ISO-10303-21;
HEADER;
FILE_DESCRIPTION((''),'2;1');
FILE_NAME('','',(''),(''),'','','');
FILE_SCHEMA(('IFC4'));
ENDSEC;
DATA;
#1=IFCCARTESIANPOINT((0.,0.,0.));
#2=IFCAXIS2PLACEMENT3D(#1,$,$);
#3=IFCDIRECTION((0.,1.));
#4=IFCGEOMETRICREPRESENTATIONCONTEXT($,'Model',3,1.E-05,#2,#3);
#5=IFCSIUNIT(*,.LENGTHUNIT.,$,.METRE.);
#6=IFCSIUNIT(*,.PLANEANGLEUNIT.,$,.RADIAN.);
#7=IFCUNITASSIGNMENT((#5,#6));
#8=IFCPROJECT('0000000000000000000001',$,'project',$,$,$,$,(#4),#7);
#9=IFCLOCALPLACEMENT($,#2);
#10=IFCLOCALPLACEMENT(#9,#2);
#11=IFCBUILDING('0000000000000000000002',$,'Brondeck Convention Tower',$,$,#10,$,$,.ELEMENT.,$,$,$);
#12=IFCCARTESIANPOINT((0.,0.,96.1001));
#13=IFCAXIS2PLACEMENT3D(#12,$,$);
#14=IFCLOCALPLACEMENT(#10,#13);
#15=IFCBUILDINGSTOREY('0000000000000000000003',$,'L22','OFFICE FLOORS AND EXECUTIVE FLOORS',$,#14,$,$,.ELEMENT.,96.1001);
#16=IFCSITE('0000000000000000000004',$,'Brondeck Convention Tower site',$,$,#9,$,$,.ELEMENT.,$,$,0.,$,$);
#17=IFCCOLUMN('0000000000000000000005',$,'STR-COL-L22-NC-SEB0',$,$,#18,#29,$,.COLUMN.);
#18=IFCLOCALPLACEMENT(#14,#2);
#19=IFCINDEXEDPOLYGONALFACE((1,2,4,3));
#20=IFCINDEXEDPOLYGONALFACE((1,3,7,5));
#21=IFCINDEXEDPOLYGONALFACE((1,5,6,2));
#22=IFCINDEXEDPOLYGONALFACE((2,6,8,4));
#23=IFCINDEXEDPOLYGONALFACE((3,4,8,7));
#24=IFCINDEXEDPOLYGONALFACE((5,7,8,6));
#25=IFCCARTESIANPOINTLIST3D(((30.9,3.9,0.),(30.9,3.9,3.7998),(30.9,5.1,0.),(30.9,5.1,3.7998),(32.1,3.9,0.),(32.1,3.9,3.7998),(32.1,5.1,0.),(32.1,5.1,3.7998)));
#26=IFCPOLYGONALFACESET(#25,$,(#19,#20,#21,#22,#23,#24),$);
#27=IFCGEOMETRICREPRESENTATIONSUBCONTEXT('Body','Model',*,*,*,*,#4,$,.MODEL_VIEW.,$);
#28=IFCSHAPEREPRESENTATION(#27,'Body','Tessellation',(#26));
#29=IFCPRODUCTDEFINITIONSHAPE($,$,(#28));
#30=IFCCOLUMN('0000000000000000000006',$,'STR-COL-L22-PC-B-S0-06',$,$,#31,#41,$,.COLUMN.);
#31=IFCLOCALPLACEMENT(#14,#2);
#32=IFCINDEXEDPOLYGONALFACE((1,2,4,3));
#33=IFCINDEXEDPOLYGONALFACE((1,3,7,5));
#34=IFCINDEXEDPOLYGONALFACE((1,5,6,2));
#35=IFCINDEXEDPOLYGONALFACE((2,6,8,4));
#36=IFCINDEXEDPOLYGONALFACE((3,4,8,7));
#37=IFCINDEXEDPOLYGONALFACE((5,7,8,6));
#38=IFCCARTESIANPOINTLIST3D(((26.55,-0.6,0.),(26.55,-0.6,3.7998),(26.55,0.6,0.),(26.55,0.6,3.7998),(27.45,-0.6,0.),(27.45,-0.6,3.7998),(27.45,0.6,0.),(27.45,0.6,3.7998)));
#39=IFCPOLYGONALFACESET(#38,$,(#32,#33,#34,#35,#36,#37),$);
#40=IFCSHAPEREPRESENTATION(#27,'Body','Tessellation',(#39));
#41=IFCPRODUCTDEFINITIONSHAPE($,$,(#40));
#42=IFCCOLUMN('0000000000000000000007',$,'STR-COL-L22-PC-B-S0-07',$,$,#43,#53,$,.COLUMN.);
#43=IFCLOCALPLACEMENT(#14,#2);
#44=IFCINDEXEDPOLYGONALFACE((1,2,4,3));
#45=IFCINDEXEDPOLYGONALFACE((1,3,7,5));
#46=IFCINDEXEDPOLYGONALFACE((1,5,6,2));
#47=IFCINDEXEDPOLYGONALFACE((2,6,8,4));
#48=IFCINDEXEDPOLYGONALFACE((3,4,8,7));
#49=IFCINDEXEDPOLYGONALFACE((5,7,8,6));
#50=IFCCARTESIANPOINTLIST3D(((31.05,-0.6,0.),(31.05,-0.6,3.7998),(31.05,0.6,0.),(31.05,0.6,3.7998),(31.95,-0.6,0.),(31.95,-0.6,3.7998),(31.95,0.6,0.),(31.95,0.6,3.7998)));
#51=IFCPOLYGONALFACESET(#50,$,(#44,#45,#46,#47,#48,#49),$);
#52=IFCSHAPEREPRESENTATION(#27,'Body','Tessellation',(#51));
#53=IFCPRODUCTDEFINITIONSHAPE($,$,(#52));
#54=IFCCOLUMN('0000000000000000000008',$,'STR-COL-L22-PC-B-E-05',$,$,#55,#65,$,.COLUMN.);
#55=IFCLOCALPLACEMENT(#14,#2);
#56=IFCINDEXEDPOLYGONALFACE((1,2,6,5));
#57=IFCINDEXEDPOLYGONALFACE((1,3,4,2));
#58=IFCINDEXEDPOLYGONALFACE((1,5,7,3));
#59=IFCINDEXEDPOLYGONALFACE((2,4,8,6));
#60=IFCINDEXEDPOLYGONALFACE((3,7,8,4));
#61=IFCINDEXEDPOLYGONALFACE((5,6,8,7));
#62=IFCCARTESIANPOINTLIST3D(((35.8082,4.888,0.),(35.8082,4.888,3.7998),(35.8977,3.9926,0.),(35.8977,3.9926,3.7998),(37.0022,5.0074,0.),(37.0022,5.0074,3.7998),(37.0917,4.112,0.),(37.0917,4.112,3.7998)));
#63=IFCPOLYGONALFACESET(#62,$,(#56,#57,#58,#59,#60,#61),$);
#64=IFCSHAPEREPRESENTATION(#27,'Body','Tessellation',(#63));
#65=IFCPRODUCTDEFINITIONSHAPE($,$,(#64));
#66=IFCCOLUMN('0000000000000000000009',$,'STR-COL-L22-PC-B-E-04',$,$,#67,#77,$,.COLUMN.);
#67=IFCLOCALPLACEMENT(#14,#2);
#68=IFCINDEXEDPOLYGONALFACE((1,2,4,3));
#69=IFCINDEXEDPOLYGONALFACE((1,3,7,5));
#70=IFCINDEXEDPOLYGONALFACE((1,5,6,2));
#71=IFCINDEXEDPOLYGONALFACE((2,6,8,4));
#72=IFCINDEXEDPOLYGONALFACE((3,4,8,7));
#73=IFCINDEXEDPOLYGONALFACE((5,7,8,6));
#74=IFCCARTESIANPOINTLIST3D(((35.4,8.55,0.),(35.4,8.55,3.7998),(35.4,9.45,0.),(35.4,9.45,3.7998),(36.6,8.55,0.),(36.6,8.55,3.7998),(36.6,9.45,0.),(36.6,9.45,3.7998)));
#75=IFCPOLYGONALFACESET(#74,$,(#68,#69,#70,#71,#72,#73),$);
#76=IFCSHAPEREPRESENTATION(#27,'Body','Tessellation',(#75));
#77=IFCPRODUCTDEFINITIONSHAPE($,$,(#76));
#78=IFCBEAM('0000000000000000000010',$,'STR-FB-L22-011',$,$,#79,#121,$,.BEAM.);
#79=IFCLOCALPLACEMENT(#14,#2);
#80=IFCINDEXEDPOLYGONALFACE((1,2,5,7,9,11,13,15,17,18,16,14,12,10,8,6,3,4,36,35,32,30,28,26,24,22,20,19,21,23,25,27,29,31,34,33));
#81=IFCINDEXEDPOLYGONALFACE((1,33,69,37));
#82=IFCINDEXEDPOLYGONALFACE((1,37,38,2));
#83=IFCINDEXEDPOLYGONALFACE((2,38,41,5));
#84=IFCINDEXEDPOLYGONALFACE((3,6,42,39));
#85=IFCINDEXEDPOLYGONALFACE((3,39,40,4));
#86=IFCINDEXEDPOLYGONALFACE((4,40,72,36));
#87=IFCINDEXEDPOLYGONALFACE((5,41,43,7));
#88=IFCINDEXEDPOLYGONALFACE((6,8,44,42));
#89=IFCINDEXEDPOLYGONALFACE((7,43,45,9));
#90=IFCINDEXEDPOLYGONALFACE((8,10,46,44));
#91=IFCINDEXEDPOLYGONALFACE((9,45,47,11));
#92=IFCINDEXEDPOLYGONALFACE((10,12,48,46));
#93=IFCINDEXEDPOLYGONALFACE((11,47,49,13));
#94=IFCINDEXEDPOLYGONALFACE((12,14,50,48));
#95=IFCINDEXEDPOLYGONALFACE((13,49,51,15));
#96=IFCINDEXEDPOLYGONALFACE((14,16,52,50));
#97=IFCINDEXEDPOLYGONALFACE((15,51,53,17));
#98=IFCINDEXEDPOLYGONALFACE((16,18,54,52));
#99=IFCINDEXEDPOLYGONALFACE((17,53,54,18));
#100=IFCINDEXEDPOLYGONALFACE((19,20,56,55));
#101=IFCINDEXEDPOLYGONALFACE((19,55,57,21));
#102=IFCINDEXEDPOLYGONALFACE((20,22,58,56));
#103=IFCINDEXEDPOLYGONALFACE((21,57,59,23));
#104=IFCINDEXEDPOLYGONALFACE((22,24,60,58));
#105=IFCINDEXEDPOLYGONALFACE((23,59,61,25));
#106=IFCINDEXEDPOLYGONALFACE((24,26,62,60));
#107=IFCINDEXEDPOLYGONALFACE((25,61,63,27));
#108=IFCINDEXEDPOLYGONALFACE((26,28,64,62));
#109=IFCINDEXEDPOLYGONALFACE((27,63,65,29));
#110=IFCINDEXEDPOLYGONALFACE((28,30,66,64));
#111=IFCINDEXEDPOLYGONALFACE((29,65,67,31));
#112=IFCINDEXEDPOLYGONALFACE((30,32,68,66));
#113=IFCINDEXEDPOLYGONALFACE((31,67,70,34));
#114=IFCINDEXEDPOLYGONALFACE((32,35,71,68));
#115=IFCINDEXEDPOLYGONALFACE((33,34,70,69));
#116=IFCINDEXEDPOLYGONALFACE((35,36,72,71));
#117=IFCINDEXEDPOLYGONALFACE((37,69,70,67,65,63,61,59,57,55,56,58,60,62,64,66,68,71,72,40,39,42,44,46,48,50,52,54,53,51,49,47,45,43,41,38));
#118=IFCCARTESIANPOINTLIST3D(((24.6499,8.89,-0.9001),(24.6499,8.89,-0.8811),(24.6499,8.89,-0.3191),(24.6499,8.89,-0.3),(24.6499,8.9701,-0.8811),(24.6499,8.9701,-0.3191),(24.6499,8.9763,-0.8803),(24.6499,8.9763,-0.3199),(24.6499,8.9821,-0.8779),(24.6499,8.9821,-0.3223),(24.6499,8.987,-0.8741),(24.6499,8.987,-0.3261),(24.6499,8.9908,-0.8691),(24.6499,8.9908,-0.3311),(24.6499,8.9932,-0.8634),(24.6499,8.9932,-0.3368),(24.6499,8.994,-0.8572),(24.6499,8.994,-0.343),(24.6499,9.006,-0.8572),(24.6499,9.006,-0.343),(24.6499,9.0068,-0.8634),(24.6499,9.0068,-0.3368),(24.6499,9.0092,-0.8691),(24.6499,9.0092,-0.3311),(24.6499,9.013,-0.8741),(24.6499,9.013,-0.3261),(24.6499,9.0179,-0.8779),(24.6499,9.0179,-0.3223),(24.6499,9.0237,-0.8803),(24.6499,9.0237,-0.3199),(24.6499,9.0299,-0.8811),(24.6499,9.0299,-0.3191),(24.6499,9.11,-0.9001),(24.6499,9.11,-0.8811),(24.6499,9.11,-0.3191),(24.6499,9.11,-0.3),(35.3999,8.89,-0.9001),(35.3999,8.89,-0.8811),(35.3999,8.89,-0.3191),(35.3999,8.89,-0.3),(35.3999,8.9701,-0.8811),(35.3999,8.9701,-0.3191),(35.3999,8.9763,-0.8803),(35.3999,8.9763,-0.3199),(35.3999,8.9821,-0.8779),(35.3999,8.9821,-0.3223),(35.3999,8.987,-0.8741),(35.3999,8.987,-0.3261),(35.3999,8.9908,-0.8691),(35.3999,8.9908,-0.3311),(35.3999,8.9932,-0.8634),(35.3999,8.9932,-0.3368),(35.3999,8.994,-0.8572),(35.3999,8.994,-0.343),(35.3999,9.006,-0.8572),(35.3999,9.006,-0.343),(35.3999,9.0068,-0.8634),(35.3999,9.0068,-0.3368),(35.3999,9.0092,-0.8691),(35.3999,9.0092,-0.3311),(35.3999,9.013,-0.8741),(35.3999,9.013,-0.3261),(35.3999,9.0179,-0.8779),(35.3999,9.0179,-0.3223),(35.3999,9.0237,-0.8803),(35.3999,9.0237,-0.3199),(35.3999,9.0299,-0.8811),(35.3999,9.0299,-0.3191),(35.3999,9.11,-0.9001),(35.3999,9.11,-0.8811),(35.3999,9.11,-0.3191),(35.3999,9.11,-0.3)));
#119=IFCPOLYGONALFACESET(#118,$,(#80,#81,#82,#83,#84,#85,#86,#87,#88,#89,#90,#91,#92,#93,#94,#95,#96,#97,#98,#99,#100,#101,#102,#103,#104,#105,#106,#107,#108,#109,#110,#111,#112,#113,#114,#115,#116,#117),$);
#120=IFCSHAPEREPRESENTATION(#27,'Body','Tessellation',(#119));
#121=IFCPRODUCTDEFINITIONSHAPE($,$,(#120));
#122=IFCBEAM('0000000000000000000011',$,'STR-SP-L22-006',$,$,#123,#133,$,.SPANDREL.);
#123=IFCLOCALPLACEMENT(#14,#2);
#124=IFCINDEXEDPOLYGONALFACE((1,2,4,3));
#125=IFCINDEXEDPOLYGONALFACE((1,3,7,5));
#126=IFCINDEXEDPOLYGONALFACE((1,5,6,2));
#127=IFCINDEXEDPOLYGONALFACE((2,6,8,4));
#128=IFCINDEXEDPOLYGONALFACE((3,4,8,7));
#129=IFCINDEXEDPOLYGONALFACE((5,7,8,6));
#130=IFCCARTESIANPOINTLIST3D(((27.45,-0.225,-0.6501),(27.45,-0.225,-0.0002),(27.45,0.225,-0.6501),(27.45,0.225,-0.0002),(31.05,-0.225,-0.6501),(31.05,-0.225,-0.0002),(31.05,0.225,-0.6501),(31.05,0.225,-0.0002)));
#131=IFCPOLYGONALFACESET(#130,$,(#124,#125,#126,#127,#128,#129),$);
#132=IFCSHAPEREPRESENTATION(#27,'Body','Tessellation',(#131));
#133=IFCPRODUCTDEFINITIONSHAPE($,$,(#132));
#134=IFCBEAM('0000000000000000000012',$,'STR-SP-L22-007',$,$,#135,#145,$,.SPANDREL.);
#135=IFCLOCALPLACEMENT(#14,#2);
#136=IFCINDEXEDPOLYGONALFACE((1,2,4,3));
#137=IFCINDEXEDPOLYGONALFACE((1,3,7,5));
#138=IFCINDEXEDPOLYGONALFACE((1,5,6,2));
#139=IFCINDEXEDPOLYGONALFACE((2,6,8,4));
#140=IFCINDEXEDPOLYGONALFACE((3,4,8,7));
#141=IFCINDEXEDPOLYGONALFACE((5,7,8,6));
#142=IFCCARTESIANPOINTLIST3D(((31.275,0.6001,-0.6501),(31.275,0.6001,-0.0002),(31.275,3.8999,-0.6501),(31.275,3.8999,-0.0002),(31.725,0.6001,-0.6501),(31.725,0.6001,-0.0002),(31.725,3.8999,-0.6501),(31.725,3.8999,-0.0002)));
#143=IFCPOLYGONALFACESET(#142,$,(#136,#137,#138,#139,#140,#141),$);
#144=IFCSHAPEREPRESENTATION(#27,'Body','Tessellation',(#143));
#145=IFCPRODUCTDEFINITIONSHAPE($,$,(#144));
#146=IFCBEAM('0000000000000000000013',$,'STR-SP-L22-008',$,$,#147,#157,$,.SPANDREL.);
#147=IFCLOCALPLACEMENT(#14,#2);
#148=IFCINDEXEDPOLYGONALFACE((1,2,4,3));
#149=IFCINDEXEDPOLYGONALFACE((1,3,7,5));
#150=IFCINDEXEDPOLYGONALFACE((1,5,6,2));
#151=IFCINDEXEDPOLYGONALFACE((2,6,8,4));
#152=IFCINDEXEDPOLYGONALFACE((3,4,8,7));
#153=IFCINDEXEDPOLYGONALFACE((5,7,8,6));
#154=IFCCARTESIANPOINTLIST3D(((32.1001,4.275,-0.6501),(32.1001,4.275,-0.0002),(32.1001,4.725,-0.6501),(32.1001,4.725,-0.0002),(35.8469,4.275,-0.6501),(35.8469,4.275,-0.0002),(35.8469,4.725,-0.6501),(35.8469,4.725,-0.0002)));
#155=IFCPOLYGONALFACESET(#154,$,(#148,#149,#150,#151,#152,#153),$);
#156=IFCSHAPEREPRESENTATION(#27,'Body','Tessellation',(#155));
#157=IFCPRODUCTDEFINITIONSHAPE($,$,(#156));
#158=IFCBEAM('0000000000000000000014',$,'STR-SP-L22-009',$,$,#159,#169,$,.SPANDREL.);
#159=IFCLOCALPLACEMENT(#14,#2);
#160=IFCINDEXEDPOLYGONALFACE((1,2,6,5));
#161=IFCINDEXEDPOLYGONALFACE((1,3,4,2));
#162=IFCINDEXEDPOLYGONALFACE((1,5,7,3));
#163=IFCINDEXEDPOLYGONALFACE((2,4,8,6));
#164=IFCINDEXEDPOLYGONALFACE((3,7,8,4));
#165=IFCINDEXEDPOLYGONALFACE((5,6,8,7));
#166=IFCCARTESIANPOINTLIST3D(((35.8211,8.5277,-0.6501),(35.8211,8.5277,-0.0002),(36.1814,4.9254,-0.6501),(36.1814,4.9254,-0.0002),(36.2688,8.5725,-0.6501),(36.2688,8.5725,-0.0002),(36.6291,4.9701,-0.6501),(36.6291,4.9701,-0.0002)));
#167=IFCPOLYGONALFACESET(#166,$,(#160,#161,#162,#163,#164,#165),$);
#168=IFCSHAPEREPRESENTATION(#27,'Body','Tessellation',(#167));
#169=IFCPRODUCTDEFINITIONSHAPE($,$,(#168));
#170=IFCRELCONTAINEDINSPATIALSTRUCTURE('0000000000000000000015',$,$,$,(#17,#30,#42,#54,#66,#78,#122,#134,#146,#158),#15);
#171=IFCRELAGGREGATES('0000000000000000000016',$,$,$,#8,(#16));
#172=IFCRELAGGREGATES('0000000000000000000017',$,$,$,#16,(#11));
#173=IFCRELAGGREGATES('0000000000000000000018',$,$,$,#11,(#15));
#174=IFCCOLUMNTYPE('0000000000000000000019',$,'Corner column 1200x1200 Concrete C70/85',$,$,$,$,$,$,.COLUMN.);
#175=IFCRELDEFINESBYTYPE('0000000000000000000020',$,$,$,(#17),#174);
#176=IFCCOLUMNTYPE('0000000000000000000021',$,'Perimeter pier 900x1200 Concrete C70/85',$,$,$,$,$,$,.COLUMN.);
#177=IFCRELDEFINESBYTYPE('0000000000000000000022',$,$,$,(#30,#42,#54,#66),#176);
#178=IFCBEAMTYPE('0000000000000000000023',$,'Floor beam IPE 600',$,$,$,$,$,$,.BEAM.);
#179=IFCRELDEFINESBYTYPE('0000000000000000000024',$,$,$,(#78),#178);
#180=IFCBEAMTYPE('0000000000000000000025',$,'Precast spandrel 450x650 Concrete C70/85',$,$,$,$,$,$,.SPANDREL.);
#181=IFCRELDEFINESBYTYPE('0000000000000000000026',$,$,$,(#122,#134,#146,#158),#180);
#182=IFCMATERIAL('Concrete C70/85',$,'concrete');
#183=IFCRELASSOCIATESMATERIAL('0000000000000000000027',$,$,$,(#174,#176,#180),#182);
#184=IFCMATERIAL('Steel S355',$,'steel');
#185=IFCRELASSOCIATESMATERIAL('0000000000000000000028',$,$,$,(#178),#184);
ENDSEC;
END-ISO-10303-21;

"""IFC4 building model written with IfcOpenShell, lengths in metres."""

from ifc_helpers import new_model, si_unit, direction, frame, origin, origin_2d, place, context, subcontext, project, spatial, rectangle, i_section, extrude, material, material_profile, profile_set, type_object, element, save


model = new_model("IFC4")

# Units and contexts
model_context = context("Model", 3, precision=1e-05, world=origin(), true_north=direction((0.0, 1.0)))
body_context = subcontext(model_context, "Body", "Model", "MODEL_VIEW")
ifc_project = project(units=[si_unit("LENGTHUNIT", "METRE"), si_unit("PLANEANGLEUNIT", "RADIAN")], contexts=[model_context])

# Site, building, storey
site_placement = place(None, origin())
site = spatial("IfcSite", under=ifc_project, at=site_placement, Name="Brondeck Convention Tower site", CompositionType="ELEMENT", RefElevation=0.0)
building_placement = place(site_placement, origin())
building = spatial("IfcBuilding", under=site, at=building_placement, Name="Brondeck Convention Tower", CompositionType="ELEMENT")
storey_placement = place(building_placement, frame((0.0, 0.0, 96.1001)))
storey = spatial("IfcBuildingStorey", under=building, at=storey_placement, Name="L22", Description="OFFICE FLOORS AND EXECUTIVE FLOORS", CompositionType="ELEMENT", Elevation=96.1001)

# Columns
ifc_material_1 = material(Name="Concrete C70/85", Category="concrete")
ifc_material_profile_1 = material_profile(ifc_material_1, rectangle(XDim=1.2, YDim=1.2, at=origin_2d()), Name="Corner column 1200x1200 Concrete C70/85")
ifc_profile_set_1 = profile_set([ifc_material_profile_1], Name="Concrete C70/85")
column_type_1 = type_object("IfcColumnType", Name="Corner column 1200x1200 Concrete C70/85", PredefinedType="COLUMN", material=ifc_profile_set_1)
column_placement = place(storey_placement, frame((31.5, 4.5, 0.0), z_axis=(0.0, 0.0, 1.0), x_axis=(1.0, 0.0, 0.0)))
element("IfcColumn", 1, at=column_placement, inside=storey, type_object=column_type_1, Name="STR-COL-L22-NC-SEB0", PredefinedType="COLUMN", context=body_context, shape_type="SweptSolid", body=[
    extrude(rectangle(XDim=1.2, YDim=1.2, at=origin_2d()), origin(), (0.0, 0.0, 1.0), 3.7998),
])
ifc_material_profile_2 = material_profile(ifc_material_1, rectangle(XDim=0.8999, YDim=1.2, at=origin_2d()), Name="Perimeter pier 900x1200 Concrete C70/85")
ifc_profile_set_2 = profile_set([ifc_material_profile_2], Name="Concrete C70/85")
column_type_2 = type_object("IfcColumnType", Name="Perimeter pier 900x1200 Concrete C70/85", PredefinedType="COLUMN", material=ifc_profile_set_2)
for number, where, z_axis, x_axis, name in (
    (2, (27.0, 0.0, 0.0), (0.0, 0.0, 1.0), (1.0, 0.0, 0.0), "STR-COL-L22-PC-B-S0-06"),
    (3, (31.5, 0.0, 0.0), (0.0, 0.0, 1.0), (1.0, 0.0, 0.0), "STR-COL-L22-PC-B-S0-07"),
    (4, (36.45, 4.5, 0.0), (0.0, 0.0, 1.0), (-0.099504, 0.995037, 0.0), "STR-COL-L22-PC-B-E-05"),
    (5, (36.0, 9.0, 0.0), (0.0, 0.0, 1.0), (0.0, 1.0, 0.0), "STR-COL-L22-PC-B-E-04"),
):
    element("IfcColumn", number, at=place(storey_placement, frame(where, z_axis=z_axis, x_axis=x_axis)), inside=storey, type_object=column_type_2, Name=name, PredefinedType="COLUMN", context=body_context, shape_type="SweptSolid", body=[
        extrude(rectangle(XDim=0.8999, YDim=1.2, at=origin_2d()), origin(), (0.0, 0.0, 1.0), 3.7998),
    ])

# Beams
ifc_material_2 = material(Name="Steel S355", Category="steel")
ifc_material_profile_3 = material_profile(ifc_material_2, i_section(OverallWidth=0.22, OverallDepth=0.6001, WebThickness=0.012, FlangeThickness=0.019, FilletRadius=0.0239, at=origin_2d()), Name="IPE 600")
ifc_profile_set_3 = profile_set([ifc_material_profile_3], Name="Steel S355")
beam_type_1 = type_object("IfcBeamType", Name="Floor beam IPE 600", PredefinedType="BEAM", material=ifc_profile_set_3)
beam_1_placement = place(storey_placement, frame((24.6499, 9.0, -0.6001), z_axis=(1.0, 0.0, 0.0), x_axis=(0.0, 1.0, 0.0)))
element("IfcBeam", 6, at=beam_1_placement, inside=storey, type_object=beam_type_1, Name="STR-FB-L22-011", PredefinedType="BEAM", context=body_context, shape_type="SweptSolid", body=[
    extrude(i_section(OverallWidth=0.22, OverallDepth=0.6001, WebThickness=0.012, FlangeThickness=0.019, FilletRadius=0.0239, at=origin_2d()), origin(), (0.0, 0.0, 1.0), 10.75),
])
ifc_material_profile_4 = material_profile(ifc_material_1, rectangle(XDim=0.45, YDim=0.6499, at=origin_2d()), Name="Precast spandrel 450x650 Concrete C70/85")
ifc_profile_set_4 = profile_set([ifc_material_profile_4], Name="Concrete C70/85")
beam_type_2 = type_object("IfcBeamType", Name="Precast spandrel 450x650 Concrete C70/85", PredefinedType="SPANDREL", material=ifc_profile_set_4)
beam_2_placement = place(storey_placement, frame((27.45, 0.0, -0.3252), z_axis=(1.0, 0.0, 0.0), x_axis=(0.0, 1.0, 0.0)))
element("IfcBeam", 7, at=beam_2_placement, inside=storey, type_object=beam_type_2, Name="STR-SP-L22-006", PredefinedType="SPANDREL", context=body_context, shape_type="SweptSolid", body=[
    extrude(rectangle(XDim=0.45, YDim=0.6499, at=origin_2d()), origin(), (0.0, 0.0, 1.0), 3.6001),
])
beam_3_placement = place(storey_placement, frame((31.5, 0.6001, -0.3252), z_axis=(0.0, 1.0, 0.0), x_axis=(-1.0, 0.0, 0.0)))
element("IfcBeam", 8, at=beam_3_placement, inside=storey, type_object=beam_type_2, Name="STR-SP-L22-007", PredefinedType="SPANDREL", context=body_context, shape_type="SweptSolid", body=[
    extrude(rectangle(XDim=0.45, YDim=0.6499, at=origin_2d()), origin(), (0.0, 0.0, 1.0), 3.2998),
])
beam_4_placement = place(storey_placement, frame((32.1001, 4.5, -0.3252), z_axis=(1.0, 0.0, 0.0), x_axis=(0.0, 1.0, 0.0)))
element("IfcBeam", 9, at=beam_4_placement, inside=storey, type_object=beam_type_2, Name="STR-SP-L22-008", PredefinedType="SPANDREL", context=body_context, shape_type="SweptSolid", body=[
    extrude(rectangle(XDim=0.45, YDim=0.6499, at=origin_2d()), origin(), (0.0, 0.0, 1.0), 3.7468),
])
beam_5_placement = place(storey_placement, frame((36.4053, 4.9478, -0.3252), z_axis=(-0.099537, 0.995034, 0.0), x_axis=(-0.995034, -0.099537, 0.0)))
element("IfcBeam", 10, at=beam_5_placement, inside=storey, type_object=beam_type_2, Name="STR-SP-L22-009", PredefinedType="SPANDREL", context=body_context, shape_type="SweptSolid", body=[
    extrude(rectangle(XDim=0.45, YDim=0.6499, at=origin_2d()), origin(), (0.0, 0.0, 1.0), 3.6204),
])

save(model, "model.ifc")
